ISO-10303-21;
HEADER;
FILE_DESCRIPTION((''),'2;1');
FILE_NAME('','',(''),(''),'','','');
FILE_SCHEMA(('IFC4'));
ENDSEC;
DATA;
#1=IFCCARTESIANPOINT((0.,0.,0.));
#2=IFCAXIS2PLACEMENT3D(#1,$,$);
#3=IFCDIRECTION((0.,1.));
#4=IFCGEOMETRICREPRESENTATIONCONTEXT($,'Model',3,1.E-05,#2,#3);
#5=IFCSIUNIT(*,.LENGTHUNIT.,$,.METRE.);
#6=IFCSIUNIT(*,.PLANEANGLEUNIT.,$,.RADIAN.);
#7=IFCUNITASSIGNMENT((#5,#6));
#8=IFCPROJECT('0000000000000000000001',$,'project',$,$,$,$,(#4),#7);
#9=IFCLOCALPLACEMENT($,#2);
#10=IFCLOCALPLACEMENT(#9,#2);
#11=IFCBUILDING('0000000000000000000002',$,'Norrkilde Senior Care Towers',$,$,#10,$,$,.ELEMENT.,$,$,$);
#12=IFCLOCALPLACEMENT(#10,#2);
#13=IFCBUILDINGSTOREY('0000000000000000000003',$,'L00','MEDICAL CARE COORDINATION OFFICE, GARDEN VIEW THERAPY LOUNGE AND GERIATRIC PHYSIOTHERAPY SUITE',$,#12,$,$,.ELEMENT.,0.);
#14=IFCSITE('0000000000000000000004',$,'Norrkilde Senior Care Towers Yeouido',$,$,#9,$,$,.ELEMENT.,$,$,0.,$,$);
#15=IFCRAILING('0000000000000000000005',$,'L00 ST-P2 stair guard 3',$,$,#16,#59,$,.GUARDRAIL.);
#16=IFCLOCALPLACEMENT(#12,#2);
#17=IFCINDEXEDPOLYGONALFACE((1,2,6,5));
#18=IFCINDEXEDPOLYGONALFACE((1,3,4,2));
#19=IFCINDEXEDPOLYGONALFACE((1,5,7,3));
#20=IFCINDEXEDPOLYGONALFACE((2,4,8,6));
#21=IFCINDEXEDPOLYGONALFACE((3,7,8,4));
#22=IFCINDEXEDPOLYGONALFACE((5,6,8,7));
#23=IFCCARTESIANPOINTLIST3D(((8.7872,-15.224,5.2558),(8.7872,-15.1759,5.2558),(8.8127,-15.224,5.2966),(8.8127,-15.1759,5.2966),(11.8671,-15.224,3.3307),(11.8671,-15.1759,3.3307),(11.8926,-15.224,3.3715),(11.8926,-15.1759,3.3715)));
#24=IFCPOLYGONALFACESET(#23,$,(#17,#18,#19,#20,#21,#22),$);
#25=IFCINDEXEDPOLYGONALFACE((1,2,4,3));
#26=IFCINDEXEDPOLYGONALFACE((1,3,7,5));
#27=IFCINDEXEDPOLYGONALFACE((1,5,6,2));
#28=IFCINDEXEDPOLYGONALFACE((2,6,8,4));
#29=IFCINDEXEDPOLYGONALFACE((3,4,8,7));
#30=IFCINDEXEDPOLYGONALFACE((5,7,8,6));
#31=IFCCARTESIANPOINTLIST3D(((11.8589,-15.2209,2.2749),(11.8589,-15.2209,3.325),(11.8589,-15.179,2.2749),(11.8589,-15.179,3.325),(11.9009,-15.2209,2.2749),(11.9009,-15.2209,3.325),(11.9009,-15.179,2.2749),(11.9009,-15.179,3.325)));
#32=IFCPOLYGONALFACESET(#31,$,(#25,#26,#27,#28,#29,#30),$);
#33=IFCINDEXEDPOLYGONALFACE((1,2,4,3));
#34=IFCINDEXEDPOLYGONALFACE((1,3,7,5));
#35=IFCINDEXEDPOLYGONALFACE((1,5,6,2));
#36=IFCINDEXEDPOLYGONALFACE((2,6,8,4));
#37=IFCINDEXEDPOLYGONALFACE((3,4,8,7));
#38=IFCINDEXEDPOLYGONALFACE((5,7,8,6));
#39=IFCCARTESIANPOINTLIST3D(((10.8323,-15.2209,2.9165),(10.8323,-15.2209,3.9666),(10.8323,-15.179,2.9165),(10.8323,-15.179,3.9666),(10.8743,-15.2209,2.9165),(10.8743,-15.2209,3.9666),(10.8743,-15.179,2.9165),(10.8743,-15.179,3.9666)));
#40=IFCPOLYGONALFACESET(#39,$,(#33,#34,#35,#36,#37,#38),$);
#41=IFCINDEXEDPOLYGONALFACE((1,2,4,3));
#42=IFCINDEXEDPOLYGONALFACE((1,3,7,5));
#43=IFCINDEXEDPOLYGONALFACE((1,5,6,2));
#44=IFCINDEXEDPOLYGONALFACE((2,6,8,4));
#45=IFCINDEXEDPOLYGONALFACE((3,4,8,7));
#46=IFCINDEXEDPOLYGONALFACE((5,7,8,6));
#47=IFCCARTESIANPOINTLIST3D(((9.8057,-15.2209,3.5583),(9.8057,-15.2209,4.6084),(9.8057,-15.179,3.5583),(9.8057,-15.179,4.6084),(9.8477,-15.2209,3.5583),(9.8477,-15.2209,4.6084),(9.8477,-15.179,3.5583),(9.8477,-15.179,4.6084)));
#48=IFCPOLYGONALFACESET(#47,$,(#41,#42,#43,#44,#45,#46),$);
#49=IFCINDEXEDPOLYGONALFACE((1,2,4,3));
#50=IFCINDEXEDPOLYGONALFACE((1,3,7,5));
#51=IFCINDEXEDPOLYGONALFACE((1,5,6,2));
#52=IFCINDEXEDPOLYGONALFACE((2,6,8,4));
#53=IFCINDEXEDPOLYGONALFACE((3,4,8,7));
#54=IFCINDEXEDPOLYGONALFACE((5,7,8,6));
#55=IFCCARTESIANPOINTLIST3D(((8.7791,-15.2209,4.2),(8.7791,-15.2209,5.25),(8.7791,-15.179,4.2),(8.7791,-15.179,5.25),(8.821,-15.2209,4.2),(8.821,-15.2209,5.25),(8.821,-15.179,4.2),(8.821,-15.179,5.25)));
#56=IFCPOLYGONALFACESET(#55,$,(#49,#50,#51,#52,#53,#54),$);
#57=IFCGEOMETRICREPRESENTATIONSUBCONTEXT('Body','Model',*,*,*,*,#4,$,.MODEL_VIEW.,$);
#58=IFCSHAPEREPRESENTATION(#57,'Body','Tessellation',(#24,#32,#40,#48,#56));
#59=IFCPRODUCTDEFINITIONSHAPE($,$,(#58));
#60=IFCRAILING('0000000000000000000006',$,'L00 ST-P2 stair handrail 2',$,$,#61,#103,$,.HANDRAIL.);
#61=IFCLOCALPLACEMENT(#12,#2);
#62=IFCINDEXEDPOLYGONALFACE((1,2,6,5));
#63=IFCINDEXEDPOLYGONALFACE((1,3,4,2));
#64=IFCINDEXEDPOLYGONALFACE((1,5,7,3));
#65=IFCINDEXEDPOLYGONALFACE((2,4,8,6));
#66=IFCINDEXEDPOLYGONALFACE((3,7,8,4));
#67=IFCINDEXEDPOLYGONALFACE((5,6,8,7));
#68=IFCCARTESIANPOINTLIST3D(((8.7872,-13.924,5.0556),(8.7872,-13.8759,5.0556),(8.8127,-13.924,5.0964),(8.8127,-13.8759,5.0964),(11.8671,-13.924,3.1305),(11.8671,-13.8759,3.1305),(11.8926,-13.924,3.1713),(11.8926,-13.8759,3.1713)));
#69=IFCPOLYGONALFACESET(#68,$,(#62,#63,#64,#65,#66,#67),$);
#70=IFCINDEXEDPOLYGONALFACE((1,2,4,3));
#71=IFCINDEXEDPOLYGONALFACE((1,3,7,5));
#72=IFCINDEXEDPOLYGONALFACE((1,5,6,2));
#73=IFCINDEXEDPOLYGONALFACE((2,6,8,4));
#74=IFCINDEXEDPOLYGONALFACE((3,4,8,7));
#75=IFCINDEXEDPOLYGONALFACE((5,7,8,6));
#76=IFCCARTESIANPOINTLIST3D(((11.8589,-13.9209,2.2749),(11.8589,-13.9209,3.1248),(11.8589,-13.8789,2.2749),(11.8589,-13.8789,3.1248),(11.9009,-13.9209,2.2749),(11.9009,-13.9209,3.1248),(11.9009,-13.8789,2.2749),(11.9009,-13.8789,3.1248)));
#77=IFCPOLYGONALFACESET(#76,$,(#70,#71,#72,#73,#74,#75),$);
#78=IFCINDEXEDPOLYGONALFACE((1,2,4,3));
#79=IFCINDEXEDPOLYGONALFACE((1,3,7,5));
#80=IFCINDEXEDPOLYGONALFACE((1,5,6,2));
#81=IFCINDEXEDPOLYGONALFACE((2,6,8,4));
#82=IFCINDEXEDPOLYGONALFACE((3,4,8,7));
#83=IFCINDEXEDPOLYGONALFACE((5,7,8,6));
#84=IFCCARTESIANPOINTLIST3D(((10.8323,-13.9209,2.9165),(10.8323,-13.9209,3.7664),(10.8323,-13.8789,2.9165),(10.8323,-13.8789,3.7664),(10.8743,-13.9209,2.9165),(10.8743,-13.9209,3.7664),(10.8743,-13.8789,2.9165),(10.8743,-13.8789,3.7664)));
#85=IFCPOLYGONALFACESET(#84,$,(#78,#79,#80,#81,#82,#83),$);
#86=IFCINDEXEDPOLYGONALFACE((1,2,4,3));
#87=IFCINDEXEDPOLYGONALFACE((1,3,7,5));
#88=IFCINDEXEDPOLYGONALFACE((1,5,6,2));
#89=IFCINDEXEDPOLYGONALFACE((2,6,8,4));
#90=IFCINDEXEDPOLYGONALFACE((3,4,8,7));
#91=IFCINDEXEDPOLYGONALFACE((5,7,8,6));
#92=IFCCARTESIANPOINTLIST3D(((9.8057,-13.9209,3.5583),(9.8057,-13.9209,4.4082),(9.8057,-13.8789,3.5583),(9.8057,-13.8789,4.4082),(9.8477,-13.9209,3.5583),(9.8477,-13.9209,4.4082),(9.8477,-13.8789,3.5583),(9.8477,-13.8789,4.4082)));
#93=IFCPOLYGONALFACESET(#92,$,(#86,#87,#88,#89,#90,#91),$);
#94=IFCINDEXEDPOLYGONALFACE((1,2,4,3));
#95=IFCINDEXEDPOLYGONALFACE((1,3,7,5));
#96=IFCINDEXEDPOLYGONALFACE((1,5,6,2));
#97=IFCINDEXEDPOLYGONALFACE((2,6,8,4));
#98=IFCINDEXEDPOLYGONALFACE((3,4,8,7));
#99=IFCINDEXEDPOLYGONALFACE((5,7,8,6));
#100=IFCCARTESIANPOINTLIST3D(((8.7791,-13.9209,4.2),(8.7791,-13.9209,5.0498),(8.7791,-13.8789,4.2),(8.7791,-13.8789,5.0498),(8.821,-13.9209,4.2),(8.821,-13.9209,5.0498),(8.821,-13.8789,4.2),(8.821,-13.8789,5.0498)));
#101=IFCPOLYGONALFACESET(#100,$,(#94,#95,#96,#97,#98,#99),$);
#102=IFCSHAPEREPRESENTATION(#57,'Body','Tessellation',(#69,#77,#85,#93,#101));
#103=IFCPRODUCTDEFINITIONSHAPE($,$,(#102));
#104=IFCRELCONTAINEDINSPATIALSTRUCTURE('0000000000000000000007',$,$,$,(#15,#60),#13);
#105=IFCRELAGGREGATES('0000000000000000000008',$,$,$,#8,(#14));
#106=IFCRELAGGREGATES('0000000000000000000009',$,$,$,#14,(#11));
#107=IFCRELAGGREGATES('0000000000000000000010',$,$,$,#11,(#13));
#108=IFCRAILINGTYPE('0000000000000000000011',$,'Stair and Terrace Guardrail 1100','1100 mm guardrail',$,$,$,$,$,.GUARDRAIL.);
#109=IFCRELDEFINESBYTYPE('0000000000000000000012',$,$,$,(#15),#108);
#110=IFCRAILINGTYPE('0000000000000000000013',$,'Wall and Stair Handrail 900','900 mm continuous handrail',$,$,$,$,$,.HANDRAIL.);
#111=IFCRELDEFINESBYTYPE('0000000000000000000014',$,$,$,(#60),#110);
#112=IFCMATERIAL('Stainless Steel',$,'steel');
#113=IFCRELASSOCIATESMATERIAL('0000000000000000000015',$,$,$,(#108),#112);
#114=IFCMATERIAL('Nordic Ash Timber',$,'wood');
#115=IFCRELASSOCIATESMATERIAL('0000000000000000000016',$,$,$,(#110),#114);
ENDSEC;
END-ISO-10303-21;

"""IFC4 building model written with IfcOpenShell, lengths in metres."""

from ifc_helpers import new_model, si_unit, direction, frame, origin, origin_2d, place, context, subcontext, project, spatial, rectangle, extrude, material, type_object, element, save


model = new_model("IFC4")

# Units and contexts
model_context = context("Model", 3, precision=1e-05, world=origin(), true_north=direction((0.0, 1.0)))
body_context = subcontext(model_context, "Body", "Model", "MODEL_VIEW")
ifc_project = project(units=[si_unit("LENGTHUNIT", "METRE"), si_unit("PLANEANGLEUNIT", "RADIAN")], contexts=[model_context])

# Site, building, storey
site_placement = place(None, origin())
site = spatial("IfcSite", under=ifc_project, at=site_placement, Name="Norrkilde Senior Care Towers Yeouido", CompositionType="ELEMENT", RefElevation=0.0)
building_placement = place(site_placement, origin())
building = spatial("IfcBuilding", under=site, at=building_placement, Name="Norrkilde Senior Care Towers", CompositionType="ELEMENT")
storey_placement = place(building_placement, origin())
storey = spatial("IfcBuildingStorey", under=building, at=storey_placement, Name="L00", Description="MEDICAL CARE COORDINATION OFFICE, GARDEN VIEW THERAPY LOUNGE AND GERIATRIC PHYSIOTHERAPY SUITE", CompositionType="ELEMENT", Elevation=0.0)

# Shared definitions
ifc_material_1 = material(Name="Stainless Steel", Category="steel")

# Shared definitions
ifc_material_2 = material(Name="Nordic Ash Timber", Category="wood")

# Railings
railing_type_1 = type_object("IfcRailingType", Name="Stair and Terrace Guardrail 1100", Description="1100 mm guardrail", PredefinedType="GUARDRAIL", material=ifc_material_1)
railing_1_placement = place(storey_placement, frame((11.8799, -15.2, 2.2749)))
element("IfcRailing", 1, at=railing_1_placement, inside=storey, type_object=railing_type_1, Name="L00 ST-P2 stair guard 3", PredefinedType="GUARDRAIL", context=body_context, shape_type="SweptSolid", body=[
    extrude(rectangle(XDim=0.0481, YDim=0.0481, at=origin_2d()), frame((0.0, 0.0, 1.0762), z_axis=(-0.847979, 0.0, 0.530029), x_axis=(0.0, -1.0, 0.0)), (0.0, 0.0, 1.0), 3.6321),
    extrude(rectangle(XDim=0.042, YDim=0.042, at=origin_2d()), origin(), (0.0, 0.0, 1.0), 1.05),
    extrude(rectangle(XDim=0.042, YDim=0.042, at=origin_2d()), frame((-1.0266, 0.0, 0.6416)), (0.0, 0.0, 1.0), 1.05),
    extrude(rectangle(XDim=0.042, YDim=0.042, at=origin_2d()), frame((-2.0532, 0.0, 1.2834)), (0.0, 0.0, 1.0), 1.05),
    extrude(rectangle(XDim=0.042, YDim=0.042, at=origin_2d()), frame((-3.0798, 0.0, 1.925)), (0.0, 0.0, 1.0), 1.05),
])
railing_type_2 = type_object("IfcRailingType", Name="Wall and Stair Handrail 900", Description="900 mm continuous handrail", PredefinedType="HANDRAIL", material=ifc_material_2)
railing_2_placement = place(storey_placement, frame((11.8799, -13.8999, 2.2749)))
element("IfcRailing", 2, at=railing_2_placement, inside=storey, type_object=railing_type_2, Name="L00 ST-P2 stair handrail 2", PredefinedType="HANDRAIL", context=body_context, shape_type="SweptSolid", body=[
    extrude(rectangle(XDim=0.0481, YDim=0.0481, at=origin_2d()), frame((0.0, 0.0, 0.876), z_axis=(-0.847979, 0.0, 0.530029), x_axis=(0.0, -1.0, 0.0)), (0.0, 0.0, 1.0), 3.6321),
    extrude(rectangle(XDim=0.042, YDim=0.042, at=origin_2d()), origin(), (0.0, 0.0, 1.0), 0.8499),
    extrude(rectangle(XDim=0.042, YDim=0.042, at=origin_2d()), frame((-1.0266, 0.0, 0.6416)), (0.0, 0.0, 1.0), 0.8499),
    extrude(rectangle(XDim=0.042, YDim=0.042, at=origin_2d()), frame((-2.0532, 0.0, 1.2834)), (0.0, 0.0, 1.0), 0.8499),
    extrude(rectangle(XDim=0.042, YDim=0.042, at=origin_2d()), frame((-3.0798, 0.0, 1.925)), (0.0, 0.0, 1.0), 0.8499),
])

save(model, "model.ifc")
